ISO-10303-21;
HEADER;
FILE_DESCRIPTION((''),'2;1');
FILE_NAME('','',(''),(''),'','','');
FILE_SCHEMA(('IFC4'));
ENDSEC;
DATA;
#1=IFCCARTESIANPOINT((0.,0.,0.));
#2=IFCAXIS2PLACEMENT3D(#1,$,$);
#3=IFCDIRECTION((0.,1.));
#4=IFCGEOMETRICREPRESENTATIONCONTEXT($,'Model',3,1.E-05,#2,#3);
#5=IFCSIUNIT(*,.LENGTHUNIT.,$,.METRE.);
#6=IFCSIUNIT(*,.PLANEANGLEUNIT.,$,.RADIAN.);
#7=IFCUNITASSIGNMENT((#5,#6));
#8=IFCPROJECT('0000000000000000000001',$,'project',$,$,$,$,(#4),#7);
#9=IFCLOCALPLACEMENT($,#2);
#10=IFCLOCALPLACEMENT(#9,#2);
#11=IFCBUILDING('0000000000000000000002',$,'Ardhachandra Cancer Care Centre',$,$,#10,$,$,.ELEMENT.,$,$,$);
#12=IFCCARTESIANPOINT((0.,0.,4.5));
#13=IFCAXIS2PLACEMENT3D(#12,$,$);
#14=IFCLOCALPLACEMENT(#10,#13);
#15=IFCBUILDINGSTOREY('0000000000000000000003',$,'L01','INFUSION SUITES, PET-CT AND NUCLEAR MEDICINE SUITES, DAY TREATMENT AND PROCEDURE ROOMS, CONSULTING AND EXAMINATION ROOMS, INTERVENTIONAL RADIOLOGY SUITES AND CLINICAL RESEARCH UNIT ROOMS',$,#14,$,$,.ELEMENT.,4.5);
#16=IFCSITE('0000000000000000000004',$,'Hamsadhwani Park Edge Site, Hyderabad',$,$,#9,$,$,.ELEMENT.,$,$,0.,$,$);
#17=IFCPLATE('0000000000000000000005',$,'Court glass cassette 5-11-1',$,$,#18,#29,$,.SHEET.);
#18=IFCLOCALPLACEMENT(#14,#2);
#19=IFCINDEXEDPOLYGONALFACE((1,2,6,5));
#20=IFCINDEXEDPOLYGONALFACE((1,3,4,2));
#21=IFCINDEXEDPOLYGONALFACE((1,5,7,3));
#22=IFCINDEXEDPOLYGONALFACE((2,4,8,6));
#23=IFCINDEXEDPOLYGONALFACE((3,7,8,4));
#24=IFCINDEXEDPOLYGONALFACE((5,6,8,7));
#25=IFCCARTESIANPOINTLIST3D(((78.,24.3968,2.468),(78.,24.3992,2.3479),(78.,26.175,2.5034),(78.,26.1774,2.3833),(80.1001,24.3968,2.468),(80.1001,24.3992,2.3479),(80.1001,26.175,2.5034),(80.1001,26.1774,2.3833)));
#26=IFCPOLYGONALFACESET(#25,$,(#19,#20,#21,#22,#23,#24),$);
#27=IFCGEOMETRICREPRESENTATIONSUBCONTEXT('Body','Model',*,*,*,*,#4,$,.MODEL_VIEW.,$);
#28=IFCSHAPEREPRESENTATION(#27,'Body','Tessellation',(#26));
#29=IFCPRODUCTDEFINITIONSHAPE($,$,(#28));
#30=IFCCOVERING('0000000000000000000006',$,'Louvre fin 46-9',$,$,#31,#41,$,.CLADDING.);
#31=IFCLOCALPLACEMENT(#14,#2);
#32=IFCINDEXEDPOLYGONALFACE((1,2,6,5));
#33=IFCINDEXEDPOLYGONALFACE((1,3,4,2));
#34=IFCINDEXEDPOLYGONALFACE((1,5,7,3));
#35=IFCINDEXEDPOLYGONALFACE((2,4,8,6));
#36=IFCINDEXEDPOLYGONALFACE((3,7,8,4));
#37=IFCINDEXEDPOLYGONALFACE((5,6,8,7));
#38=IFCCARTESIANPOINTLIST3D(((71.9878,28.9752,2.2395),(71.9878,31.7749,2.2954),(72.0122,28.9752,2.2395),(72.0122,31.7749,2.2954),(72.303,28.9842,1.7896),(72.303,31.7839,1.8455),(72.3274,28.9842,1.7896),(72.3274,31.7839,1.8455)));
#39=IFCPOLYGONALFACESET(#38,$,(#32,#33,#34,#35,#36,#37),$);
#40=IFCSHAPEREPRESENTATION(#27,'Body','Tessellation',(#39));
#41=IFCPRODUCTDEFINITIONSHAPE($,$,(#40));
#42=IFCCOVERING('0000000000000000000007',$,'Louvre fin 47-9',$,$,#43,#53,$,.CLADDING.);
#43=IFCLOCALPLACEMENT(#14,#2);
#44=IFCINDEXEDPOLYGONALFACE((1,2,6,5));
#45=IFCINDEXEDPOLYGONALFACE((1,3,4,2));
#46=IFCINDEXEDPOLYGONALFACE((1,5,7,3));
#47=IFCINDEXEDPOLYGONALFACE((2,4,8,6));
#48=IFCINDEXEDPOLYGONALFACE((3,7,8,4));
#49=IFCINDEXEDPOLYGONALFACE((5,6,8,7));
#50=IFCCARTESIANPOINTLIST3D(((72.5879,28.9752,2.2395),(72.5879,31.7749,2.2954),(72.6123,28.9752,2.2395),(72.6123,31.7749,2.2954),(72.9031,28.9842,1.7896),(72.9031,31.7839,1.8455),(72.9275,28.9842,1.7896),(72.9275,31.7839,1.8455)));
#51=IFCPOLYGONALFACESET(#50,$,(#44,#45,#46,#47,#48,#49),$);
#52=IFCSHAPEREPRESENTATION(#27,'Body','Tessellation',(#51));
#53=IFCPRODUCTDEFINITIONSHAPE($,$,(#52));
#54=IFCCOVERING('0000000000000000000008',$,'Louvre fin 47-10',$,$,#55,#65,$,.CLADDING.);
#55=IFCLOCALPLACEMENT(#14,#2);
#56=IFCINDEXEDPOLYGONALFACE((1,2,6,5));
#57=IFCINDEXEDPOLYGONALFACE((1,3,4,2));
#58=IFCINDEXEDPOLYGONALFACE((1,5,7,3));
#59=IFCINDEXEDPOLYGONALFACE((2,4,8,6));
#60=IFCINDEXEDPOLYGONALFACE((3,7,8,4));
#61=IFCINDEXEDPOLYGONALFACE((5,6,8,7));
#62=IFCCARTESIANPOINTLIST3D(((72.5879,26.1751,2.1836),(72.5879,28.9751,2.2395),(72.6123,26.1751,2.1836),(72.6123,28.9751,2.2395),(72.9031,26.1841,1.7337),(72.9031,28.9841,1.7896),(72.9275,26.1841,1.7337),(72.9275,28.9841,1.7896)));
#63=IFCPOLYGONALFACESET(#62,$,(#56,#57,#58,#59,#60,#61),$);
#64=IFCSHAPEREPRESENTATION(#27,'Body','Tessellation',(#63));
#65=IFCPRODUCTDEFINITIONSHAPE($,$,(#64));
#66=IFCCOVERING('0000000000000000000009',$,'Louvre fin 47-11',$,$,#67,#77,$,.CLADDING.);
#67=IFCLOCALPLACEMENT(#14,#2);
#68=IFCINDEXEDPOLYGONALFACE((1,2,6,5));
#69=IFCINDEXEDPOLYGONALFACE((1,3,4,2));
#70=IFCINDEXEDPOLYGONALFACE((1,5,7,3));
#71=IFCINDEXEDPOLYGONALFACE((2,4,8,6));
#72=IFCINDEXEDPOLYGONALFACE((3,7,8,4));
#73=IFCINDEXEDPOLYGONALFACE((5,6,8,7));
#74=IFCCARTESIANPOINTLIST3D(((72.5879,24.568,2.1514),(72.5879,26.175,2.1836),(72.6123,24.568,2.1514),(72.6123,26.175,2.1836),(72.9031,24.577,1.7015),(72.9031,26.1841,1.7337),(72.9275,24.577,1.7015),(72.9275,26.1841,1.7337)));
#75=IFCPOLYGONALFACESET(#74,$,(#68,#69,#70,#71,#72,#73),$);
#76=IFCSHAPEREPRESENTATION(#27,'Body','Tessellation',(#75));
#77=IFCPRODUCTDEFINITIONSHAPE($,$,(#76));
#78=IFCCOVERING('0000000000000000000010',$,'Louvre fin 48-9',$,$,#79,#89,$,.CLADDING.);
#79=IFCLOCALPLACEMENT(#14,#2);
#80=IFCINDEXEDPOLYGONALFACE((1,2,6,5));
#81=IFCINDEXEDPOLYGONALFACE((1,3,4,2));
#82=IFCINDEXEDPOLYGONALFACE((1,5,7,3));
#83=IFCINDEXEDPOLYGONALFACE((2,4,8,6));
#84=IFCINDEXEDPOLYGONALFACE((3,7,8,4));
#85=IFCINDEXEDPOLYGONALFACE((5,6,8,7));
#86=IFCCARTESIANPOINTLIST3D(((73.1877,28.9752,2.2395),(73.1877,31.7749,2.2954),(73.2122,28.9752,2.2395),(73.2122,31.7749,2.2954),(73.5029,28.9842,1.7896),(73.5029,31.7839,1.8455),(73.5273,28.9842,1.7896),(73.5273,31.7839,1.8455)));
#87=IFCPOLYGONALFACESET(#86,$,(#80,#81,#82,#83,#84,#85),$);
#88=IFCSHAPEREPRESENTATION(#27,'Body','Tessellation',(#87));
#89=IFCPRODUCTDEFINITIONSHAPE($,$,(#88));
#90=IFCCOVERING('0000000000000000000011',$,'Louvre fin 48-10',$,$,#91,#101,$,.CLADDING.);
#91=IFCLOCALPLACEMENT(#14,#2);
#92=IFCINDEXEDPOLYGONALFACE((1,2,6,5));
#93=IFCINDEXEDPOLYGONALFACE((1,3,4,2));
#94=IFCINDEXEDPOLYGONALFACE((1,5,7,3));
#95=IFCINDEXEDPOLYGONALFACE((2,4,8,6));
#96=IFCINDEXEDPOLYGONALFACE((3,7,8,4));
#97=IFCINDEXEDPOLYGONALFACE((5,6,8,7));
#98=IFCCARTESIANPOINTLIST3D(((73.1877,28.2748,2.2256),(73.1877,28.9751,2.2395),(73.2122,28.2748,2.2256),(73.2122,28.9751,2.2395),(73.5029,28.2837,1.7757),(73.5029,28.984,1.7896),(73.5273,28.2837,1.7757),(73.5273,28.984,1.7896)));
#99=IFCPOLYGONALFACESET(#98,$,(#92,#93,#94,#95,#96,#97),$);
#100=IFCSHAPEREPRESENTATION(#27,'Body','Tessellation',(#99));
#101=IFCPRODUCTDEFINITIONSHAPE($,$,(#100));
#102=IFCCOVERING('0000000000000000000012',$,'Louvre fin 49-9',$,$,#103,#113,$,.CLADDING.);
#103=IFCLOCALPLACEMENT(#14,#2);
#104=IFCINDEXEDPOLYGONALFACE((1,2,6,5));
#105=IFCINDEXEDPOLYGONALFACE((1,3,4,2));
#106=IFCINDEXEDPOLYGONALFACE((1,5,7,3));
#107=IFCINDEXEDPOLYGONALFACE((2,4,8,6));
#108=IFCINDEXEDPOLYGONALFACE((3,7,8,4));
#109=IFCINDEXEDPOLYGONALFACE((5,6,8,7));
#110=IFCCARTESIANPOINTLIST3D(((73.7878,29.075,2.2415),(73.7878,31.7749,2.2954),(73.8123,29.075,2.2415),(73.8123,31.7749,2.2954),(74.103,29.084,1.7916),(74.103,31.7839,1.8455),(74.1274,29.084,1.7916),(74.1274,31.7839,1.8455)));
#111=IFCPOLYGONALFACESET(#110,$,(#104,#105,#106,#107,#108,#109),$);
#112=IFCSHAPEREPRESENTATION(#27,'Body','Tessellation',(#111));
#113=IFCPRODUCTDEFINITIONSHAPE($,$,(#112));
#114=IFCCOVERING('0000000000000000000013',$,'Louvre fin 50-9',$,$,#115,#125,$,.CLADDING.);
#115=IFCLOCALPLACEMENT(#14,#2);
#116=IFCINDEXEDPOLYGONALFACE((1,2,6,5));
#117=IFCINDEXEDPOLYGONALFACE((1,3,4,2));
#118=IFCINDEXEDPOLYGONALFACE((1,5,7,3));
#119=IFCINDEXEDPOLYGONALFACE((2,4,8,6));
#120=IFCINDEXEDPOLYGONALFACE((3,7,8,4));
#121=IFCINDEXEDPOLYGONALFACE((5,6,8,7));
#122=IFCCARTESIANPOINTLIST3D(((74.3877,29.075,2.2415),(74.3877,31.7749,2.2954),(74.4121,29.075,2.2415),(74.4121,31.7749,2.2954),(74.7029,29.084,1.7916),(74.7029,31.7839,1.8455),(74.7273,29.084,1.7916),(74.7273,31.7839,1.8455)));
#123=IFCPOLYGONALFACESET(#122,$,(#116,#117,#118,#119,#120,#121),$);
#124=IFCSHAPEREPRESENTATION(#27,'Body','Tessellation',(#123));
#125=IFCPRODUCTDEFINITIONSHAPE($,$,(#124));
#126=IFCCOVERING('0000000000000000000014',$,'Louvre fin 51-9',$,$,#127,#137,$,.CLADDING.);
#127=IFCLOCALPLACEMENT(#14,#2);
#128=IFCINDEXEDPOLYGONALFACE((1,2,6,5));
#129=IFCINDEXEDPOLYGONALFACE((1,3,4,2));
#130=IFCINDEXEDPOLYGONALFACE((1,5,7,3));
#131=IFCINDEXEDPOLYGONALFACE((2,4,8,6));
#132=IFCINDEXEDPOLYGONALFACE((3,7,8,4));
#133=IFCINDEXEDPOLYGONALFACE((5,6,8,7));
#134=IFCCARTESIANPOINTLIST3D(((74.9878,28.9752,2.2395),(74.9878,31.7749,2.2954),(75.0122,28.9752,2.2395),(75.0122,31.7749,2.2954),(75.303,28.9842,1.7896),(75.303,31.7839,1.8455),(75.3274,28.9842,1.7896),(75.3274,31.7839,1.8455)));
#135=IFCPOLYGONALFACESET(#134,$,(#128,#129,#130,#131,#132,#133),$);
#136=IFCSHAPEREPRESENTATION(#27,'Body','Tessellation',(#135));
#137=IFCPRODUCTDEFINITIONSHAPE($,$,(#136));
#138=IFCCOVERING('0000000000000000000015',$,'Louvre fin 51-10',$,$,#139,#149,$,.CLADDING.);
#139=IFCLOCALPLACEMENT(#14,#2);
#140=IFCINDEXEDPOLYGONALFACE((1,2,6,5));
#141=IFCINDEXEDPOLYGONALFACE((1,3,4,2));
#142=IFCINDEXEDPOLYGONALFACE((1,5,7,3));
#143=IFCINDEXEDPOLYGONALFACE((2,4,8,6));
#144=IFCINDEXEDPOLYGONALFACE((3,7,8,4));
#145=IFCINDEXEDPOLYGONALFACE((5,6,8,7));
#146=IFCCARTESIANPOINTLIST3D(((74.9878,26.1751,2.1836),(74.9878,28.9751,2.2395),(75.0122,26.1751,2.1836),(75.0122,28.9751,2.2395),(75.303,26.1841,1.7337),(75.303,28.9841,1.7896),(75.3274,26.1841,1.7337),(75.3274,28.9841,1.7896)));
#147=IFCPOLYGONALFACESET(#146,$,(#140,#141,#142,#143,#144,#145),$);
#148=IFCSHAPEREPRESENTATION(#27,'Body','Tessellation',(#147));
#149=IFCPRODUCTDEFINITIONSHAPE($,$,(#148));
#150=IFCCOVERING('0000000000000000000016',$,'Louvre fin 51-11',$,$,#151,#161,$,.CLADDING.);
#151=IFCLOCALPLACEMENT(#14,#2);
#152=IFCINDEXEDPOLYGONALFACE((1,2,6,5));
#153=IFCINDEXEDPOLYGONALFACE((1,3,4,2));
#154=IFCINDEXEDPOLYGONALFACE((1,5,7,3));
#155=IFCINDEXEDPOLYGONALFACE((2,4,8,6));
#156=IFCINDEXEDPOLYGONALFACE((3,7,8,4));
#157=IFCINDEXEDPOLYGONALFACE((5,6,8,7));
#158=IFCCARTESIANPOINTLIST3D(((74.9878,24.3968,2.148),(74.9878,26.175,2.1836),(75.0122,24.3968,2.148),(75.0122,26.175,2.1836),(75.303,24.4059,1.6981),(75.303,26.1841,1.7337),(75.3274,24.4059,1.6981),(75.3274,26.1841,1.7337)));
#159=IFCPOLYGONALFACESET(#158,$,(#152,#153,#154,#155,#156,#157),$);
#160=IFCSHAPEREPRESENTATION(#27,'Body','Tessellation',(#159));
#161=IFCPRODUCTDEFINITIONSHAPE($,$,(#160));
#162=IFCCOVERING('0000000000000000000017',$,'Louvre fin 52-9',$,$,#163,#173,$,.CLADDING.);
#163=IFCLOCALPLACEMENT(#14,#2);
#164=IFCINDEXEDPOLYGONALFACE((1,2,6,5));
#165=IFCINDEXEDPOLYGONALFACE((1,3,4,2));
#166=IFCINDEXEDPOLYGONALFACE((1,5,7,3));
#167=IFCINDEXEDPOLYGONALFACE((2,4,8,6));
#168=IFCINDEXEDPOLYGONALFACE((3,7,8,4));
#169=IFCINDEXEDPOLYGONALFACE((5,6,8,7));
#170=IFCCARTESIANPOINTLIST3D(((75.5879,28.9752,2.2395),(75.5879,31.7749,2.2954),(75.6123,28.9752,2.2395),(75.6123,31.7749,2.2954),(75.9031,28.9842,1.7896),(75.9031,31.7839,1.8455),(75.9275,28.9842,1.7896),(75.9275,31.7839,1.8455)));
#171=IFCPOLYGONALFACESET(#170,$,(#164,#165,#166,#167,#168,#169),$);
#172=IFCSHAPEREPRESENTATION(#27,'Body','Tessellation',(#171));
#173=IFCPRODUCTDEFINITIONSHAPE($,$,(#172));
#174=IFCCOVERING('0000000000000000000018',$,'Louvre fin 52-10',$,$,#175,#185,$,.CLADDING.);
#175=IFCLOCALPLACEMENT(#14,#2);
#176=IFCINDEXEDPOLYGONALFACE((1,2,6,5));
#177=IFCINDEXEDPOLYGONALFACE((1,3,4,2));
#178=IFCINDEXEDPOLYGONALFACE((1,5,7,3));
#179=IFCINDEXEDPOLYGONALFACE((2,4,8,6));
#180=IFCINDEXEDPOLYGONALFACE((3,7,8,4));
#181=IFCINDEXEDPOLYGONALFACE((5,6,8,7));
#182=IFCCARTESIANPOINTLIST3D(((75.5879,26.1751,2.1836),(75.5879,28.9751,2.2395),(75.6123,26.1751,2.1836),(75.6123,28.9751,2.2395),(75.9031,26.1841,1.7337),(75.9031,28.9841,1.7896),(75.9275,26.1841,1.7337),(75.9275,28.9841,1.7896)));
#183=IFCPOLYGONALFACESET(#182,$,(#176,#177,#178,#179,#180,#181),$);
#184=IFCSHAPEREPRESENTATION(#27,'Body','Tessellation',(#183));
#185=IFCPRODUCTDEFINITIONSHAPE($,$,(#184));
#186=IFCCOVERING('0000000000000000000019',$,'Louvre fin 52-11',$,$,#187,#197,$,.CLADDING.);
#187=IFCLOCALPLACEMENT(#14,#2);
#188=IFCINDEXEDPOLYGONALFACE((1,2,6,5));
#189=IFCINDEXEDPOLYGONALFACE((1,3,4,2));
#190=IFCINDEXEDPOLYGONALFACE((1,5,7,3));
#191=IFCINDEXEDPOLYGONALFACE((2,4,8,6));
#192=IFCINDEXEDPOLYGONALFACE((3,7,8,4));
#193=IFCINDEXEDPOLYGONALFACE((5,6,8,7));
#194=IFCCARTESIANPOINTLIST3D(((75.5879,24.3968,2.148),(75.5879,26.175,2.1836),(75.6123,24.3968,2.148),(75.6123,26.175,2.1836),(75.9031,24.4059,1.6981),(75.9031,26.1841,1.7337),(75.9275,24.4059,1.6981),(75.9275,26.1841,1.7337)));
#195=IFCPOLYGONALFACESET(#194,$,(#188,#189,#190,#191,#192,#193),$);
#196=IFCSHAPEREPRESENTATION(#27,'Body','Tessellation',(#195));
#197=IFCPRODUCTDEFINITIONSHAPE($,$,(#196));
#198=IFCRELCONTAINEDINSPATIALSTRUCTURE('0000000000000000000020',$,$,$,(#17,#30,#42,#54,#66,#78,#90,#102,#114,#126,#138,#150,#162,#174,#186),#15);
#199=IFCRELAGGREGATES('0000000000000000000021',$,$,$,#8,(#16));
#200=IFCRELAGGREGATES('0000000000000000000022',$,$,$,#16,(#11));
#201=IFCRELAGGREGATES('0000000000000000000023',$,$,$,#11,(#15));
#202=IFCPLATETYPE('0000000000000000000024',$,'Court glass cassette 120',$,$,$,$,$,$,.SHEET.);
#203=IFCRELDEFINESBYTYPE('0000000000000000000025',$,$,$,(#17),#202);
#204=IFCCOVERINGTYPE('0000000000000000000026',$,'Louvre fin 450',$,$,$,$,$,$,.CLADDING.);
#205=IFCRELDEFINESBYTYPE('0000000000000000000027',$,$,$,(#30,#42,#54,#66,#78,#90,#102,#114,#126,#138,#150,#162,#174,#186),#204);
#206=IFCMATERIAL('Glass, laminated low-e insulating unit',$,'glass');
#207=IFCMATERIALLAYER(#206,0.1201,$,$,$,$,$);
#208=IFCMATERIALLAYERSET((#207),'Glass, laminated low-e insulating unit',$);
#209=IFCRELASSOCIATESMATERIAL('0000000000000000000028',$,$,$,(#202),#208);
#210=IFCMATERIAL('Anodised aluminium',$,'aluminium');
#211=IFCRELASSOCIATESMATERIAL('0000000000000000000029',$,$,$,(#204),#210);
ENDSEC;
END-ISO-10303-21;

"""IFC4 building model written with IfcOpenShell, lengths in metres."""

from ifc_helpers import new_model, si_unit, direction, frame, origin, place, context, subcontext, project, spatial, polyline, outline, extrude, material, layer, layer_set, material_profile, profile_set, type_object, element, save


model = new_model("IFC4")

# Units and contexts
model_context = context("Model", 3, precision=1e-05, world=origin(), true_north=direction((0.0, 1.0)))
body_context = subcontext(model_context, "Body", "Model", "MODEL_VIEW")
ifc_project = project(units=[si_unit("LENGTHUNIT", "METRE"), si_unit("PLANEANGLEUNIT", "RADIAN")], contexts=[model_context])

# Site, building, storey
site_placement = place(None, origin())
site = spatial("IfcSite", under=ifc_project, at=site_placement, Name="Hamsadhwani Park Edge Site, Hyderabad", CompositionType="ELEMENT", RefElevation=0.0)
building_placement = place(site_placement, origin())
building = spatial("IfcBuilding", under=site, at=building_placement, Name="Ardhachandra Cancer Care Centre", CompositionType="ELEMENT")
storey_placement = place(building_placement, frame((0.0, 0.0, 4.5)))
storey = spatial("IfcBuildingStorey", under=building, at=storey_placement, Name="L01", Description="INFUSION SUITES, PET-CT AND NUCLEAR MEDICINE SUITES, DAY TREATMENT AND PROCEDURE ROOMS, CONSULTING AND EXAMINATION ROOMS, INTERVENTIONAL RADIOLOGY SUITES AND CLINICAL RESEARCH UNIT ROOMS", CompositionType="ELEMENT", Elevation=4.5)

# Plate
ifc_material_1 = material(Name="Glass, laminated low-e insulating unit", Category="glass")
ifc_layer = layer(ifc_material_1, 0.1201)
ifc_layer_set = layer_set([ifc_layer], Name="Glass, laminated low-e insulating unit")
plate_type = type_object("IfcPlateType", Name="Court glass cassette 120", PredefinedType="SHEET", material=ifc_layer_set)
plate_1_placement = place(storey_placement, frame((78.0, 26.175, 2.5034), z_axis=(0.0, -0.019903, 0.999802), x_axis=(1.0, 0.0, 0.0)))
element("IfcPlate", 1, at=plate_1_placement, inside=storey, type_object=plate_type, Name="Court glass cassette 5-11-1", PredefinedType="SHEET", context=body_context, shape_type="SweptSolid", body=[
    extrude(outline(polyline([(0.0, -1.7786), (2.1001, -1.7786), (2.1001, 0.0), (0.0, 0.0), (0.0, -1.7786)])), frame((0.0, 0.0, -0.1201)), (0.0, 0.0, 1.0), 0.1201),
])

# Coverings
ifc_material_2 = material(Name="Anodised aluminium", Category="aluminium")
ifc_material_profile_1 = material_profile(ifc_material_2, outline(polyline([(-0.0122, 0.0), (0.0122, 0.0), (0.3274, -0.45), (0.303, -0.45), (-0.0122, 0.0)])), Name="Louvre fin 450")
ifc_profile_set_1 = profile_set([ifc_material_profile_1], Name="Anodised aluminium")
covering_type = type_object("IfcCoveringType", Name="Louvre fin 450", PredefinedType="CLADDING", material=ifc_profile_set_1)
for number, where, z_axis, x_axis, name in (
    (2, (72.0, 31.7749, 2.2954), (0.0, -0.999801, -0.019965), (1.0, 0.0, 0.0), "Louvre fin 46-9"),
    (3, (72.6001, 31.7749, 2.2954), (0.0, -0.999801, -0.019965), (1.0, 0.0, 0.0), "Louvre fin 47-9"),
):
    element("IfcCovering", number, at=place(storey_placement, frame(where, z_axis=z_axis, x_axis=x_axis)), inside=storey, type_object=covering_type, Name=name, PredefinedType="CLADDING", context=body_context, shape_type="SweptSolid", body=[
        extrude(outline(polyline([(-0.0122, 0.0), (0.0122, 0.0), (0.3274, -0.45), (0.303, -0.45), (-0.0122, 0.0)])), origin(), (0.0, 0.0, 1.0), 2.8003),
    ])
covering_1_placement = place(storey_placement, frame((72.6001, 28.9751, 2.2395), z_axis=(0.0, -0.999801, -0.019963), x_axis=(1.0, 0.0, 0.0)))
element("IfcCovering", 4, at=covering_1_placement, inside=storey, type_object=covering_type, Name="Louvre fin 47-10", PredefinedType="CLADDING", context=body_context, shape_type="SweptSolid", body=[
    extrude(outline(polyline([(-0.0122, 0.0), (0.0122, 0.0), (0.3274, -0.45), (0.303, -0.45), (-0.0122, 0.0)])), origin(), (0.0, 0.0, 1.0), 2.8005),
])
covering_2_placement = place(storey_placement, frame((72.6001, 26.175, 2.1836), z_axis=(0.0, -0.999799, -0.020048), x_axis=(1.0, 0.0, 0.0)))
element("IfcCovering", 5, at=covering_2_placement, inside=storey, type_object=covering_type, Name="Louvre fin 47-11", PredefinedType="CLADDING", context=body_context, shape_type="SweptSolid", body=[
    extrude(outline(polyline([(-0.0122, 0.0), (0.0122, 0.0), (0.3274, -0.45), (0.303, -0.45), (-0.0122, 0.0)])), origin(), (0.0, 0.0, 1.0), 1.6074),
])
covering_3_placement = place(storey_placement, frame((73.2, 31.7749, 2.2954), z_axis=(0.0, -0.999801, -0.019965), x_axis=(1.0, 0.0, 0.0)))
element("IfcCovering", 6, at=covering_3_placement, inside=storey, type_object=covering_type, Name="Louvre fin 48-9", PredefinedType="CLADDING", context=body_context, shape_type="SweptSolid", body=[
    extrude(outline(polyline([(-0.0122, 0.0), (0.0122, 0.0), (0.3274, -0.45), (0.303, -0.45), (-0.0122, 0.0)])), origin(), (0.0, 0.0, 1.0), 2.8003),
])
covering_4_placement = place(storey_placement, frame((73.2, 28.9751, 2.2395), z_axis=(0.0, -0.999803, -0.019871), x_axis=(1.0, 0.0, 0.0)))
element("IfcCovering", 7, at=covering_4_placement, inside=storey, type_object=covering_type, Name="Louvre fin 48-10", PredefinedType="CLADDING", context=body_context, shape_type="SweptSolid", body=[
    extrude(outline(polyline([(-0.0122, 0.0), (0.0122, 0.0), (0.3274, -0.45), (0.303, -0.45), (-0.0122, 0.0)])), origin(), (0.0, 0.0, 1.0), 0.7004),
])
for number, where, z_axis, x_axis, name in (
    (8, (73.8, 31.7749, 2.2954), (0.0, -0.9998, -0.01998), (1.0, 0.0, 0.0), "Louvre fin 49-9"),
    (9, (74.3999, 31.7749, 2.2954), (0.0, -0.9998, -0.01998), (1.0, 0.0, 0.0), "Louvre fin 50-9"),
):
    element("IfcCovering", number, at=place(storey_placement, frame(where, z_axis=z_axis, x_axis=x_axis)), inside=storey, type_object=covering_type, Name=name, PredefinedType="CLADDING", context=body_context, shape_type="SweptSolid", body=[
        extrude(outline(polyline([(-0.0122, 0.0), (0.0122, 0.0), (0.3274, -0.45), (0.303, -0.45), (-0.0122, 0.0)])), origin(), (0.0, 0.0, 1.0), 2.7004),
    ])
covering_5_placement = place(storey_placement, frame((75.0, 31.7749, 2.2954), z_axis=(0.0, -0.999801, -0.019965), x_axis=(1.0, 0.0, 0.0)))
element("IfcCovering", 10, at=covering_5_placement, inside=storey, type_object=covering_type, Name="Louvre fin 51-9", PredefinedType="CLADDING", context=body_context, shape_type="SweptSolid", body=[
    extrude(outline(polyline([(-0.0122, 0.0), (0.0122, 0.0), (0.3274, -0.45), (0.303, -0.45), (-0.0122, 0.0)])), origin(), (0.0, 0.0, 1.0), 2.8003),
])
covering_6_placement = place(storey_placement, frame((75.0, 28.9751, 2.2395), z_axis=(0.0, -0.999801, -0.019963), x_axis=(1.0, 0.0, 0.0)))
element("IfcCovering", 11, at=covering_6_placement, inside=storey, type_object=covering_type, Name="Louvre fin 51-10", PredefinedType="CLADDING", context=body_context, shape_type="SweptSolid", body=[
    extrude(outline(polyline([(-0.0122, 0.0), (0.0122, 0.0), (0.3274, -0.45), (0.303, -0.45), (-0.0122, 0.0)])), origin(), (0.0, 0.0, 1.0), 2.8005),
])
covering_7_placement = place(storey_placement, frame((75.0, 26.175, 2.1836), z_axis=(0.0, -0.999799, -0.02004), x_axis=(1.0, 0.0, 0.0)))
element("IfcCovering", 12, at=covering_7_placement, inside=storey, type_object=covering_type, Name="Louvre fin 51-11", PredefinedType="CLADDING", context=body_context, shape_type="SweptSolid", body=[
    extrude(outline(polyline([(-0.0122, 0.0), (0.0122, 0.0), (0.3274, -0.45), (0.303, -0.45), (-0.0122, 0.0)])), origin(), (0.0, 0.0, 1.0), 1.7786),
])
covering_8_placement = place(storey_placement, frame((75.6001, 31.7749, 2.2954), z_axis=(0.0, -0.999801, -0.019965), x_axis=(1.0, 0.0, 0.0)))
element("IfcCovering", 13, at=covering_8_placement, inside=storey, type_object=covering_type, Name="Louvre fin 52-9", PredefinedType="CLADDING", context=body_context, shape_type="SweptSolid", body=[
    extrude(outline(polyline([(-0.0122, 0.0), (0.0122, 0.0), (0.3274, -0.45), (0.303, -0.45), (-0.0122, 0.0)])), origin(), (0.0, 0.0, 1.0), 2.8003),
])
covering_9_placement = place(storey_placement, frame((75.6001, 28.9751, 2.2395), z_axis=(0.0, -0.999801, -0.019963), x_axis=(1.0, 0.0, 0.0)))
element("IfcCovering", 14, at=covering_9_placement, inside=storey, type_object=covering_type, Name="Louvre fin 52-10", PredefinedType="CLADDING", context=body_context, shape_type="SweptSolid", body=[
    extrude(outline(polyline([(-0.0122, 0.0), (0.0122, 0.0), (0.3274, -0.45), (0.303, -0.45), (-0.0122, 0.0)])), origin(), (0.0, 0.0, 1.0), 2.8005),
])
covering_10_placement = place(storey_placement, frame((75.6001, 26.175, 2.1836), z_axis=(0.0, -0.999799, -0.02004), x_axis=(1.0, 0.0, 0.0)))
element("IfcCovering", 15, at=covering_10_placement, inside=storey, type_object=covering_type, Name="Louvre fin 52-11", PredefinedType="CLADDING", context=body_context, shape_type="SweptSolid", body=[
    extrude(outline(polyline([(-0.0122, 0.0), (0.0122, 0.0), (0.3274, -0.45), (0.303, -0.45), (-0.0122, 0.0)])), origin(), (0.0, 0.0, 1.0), 1.7786),
])

save(model, "model.ifc")
